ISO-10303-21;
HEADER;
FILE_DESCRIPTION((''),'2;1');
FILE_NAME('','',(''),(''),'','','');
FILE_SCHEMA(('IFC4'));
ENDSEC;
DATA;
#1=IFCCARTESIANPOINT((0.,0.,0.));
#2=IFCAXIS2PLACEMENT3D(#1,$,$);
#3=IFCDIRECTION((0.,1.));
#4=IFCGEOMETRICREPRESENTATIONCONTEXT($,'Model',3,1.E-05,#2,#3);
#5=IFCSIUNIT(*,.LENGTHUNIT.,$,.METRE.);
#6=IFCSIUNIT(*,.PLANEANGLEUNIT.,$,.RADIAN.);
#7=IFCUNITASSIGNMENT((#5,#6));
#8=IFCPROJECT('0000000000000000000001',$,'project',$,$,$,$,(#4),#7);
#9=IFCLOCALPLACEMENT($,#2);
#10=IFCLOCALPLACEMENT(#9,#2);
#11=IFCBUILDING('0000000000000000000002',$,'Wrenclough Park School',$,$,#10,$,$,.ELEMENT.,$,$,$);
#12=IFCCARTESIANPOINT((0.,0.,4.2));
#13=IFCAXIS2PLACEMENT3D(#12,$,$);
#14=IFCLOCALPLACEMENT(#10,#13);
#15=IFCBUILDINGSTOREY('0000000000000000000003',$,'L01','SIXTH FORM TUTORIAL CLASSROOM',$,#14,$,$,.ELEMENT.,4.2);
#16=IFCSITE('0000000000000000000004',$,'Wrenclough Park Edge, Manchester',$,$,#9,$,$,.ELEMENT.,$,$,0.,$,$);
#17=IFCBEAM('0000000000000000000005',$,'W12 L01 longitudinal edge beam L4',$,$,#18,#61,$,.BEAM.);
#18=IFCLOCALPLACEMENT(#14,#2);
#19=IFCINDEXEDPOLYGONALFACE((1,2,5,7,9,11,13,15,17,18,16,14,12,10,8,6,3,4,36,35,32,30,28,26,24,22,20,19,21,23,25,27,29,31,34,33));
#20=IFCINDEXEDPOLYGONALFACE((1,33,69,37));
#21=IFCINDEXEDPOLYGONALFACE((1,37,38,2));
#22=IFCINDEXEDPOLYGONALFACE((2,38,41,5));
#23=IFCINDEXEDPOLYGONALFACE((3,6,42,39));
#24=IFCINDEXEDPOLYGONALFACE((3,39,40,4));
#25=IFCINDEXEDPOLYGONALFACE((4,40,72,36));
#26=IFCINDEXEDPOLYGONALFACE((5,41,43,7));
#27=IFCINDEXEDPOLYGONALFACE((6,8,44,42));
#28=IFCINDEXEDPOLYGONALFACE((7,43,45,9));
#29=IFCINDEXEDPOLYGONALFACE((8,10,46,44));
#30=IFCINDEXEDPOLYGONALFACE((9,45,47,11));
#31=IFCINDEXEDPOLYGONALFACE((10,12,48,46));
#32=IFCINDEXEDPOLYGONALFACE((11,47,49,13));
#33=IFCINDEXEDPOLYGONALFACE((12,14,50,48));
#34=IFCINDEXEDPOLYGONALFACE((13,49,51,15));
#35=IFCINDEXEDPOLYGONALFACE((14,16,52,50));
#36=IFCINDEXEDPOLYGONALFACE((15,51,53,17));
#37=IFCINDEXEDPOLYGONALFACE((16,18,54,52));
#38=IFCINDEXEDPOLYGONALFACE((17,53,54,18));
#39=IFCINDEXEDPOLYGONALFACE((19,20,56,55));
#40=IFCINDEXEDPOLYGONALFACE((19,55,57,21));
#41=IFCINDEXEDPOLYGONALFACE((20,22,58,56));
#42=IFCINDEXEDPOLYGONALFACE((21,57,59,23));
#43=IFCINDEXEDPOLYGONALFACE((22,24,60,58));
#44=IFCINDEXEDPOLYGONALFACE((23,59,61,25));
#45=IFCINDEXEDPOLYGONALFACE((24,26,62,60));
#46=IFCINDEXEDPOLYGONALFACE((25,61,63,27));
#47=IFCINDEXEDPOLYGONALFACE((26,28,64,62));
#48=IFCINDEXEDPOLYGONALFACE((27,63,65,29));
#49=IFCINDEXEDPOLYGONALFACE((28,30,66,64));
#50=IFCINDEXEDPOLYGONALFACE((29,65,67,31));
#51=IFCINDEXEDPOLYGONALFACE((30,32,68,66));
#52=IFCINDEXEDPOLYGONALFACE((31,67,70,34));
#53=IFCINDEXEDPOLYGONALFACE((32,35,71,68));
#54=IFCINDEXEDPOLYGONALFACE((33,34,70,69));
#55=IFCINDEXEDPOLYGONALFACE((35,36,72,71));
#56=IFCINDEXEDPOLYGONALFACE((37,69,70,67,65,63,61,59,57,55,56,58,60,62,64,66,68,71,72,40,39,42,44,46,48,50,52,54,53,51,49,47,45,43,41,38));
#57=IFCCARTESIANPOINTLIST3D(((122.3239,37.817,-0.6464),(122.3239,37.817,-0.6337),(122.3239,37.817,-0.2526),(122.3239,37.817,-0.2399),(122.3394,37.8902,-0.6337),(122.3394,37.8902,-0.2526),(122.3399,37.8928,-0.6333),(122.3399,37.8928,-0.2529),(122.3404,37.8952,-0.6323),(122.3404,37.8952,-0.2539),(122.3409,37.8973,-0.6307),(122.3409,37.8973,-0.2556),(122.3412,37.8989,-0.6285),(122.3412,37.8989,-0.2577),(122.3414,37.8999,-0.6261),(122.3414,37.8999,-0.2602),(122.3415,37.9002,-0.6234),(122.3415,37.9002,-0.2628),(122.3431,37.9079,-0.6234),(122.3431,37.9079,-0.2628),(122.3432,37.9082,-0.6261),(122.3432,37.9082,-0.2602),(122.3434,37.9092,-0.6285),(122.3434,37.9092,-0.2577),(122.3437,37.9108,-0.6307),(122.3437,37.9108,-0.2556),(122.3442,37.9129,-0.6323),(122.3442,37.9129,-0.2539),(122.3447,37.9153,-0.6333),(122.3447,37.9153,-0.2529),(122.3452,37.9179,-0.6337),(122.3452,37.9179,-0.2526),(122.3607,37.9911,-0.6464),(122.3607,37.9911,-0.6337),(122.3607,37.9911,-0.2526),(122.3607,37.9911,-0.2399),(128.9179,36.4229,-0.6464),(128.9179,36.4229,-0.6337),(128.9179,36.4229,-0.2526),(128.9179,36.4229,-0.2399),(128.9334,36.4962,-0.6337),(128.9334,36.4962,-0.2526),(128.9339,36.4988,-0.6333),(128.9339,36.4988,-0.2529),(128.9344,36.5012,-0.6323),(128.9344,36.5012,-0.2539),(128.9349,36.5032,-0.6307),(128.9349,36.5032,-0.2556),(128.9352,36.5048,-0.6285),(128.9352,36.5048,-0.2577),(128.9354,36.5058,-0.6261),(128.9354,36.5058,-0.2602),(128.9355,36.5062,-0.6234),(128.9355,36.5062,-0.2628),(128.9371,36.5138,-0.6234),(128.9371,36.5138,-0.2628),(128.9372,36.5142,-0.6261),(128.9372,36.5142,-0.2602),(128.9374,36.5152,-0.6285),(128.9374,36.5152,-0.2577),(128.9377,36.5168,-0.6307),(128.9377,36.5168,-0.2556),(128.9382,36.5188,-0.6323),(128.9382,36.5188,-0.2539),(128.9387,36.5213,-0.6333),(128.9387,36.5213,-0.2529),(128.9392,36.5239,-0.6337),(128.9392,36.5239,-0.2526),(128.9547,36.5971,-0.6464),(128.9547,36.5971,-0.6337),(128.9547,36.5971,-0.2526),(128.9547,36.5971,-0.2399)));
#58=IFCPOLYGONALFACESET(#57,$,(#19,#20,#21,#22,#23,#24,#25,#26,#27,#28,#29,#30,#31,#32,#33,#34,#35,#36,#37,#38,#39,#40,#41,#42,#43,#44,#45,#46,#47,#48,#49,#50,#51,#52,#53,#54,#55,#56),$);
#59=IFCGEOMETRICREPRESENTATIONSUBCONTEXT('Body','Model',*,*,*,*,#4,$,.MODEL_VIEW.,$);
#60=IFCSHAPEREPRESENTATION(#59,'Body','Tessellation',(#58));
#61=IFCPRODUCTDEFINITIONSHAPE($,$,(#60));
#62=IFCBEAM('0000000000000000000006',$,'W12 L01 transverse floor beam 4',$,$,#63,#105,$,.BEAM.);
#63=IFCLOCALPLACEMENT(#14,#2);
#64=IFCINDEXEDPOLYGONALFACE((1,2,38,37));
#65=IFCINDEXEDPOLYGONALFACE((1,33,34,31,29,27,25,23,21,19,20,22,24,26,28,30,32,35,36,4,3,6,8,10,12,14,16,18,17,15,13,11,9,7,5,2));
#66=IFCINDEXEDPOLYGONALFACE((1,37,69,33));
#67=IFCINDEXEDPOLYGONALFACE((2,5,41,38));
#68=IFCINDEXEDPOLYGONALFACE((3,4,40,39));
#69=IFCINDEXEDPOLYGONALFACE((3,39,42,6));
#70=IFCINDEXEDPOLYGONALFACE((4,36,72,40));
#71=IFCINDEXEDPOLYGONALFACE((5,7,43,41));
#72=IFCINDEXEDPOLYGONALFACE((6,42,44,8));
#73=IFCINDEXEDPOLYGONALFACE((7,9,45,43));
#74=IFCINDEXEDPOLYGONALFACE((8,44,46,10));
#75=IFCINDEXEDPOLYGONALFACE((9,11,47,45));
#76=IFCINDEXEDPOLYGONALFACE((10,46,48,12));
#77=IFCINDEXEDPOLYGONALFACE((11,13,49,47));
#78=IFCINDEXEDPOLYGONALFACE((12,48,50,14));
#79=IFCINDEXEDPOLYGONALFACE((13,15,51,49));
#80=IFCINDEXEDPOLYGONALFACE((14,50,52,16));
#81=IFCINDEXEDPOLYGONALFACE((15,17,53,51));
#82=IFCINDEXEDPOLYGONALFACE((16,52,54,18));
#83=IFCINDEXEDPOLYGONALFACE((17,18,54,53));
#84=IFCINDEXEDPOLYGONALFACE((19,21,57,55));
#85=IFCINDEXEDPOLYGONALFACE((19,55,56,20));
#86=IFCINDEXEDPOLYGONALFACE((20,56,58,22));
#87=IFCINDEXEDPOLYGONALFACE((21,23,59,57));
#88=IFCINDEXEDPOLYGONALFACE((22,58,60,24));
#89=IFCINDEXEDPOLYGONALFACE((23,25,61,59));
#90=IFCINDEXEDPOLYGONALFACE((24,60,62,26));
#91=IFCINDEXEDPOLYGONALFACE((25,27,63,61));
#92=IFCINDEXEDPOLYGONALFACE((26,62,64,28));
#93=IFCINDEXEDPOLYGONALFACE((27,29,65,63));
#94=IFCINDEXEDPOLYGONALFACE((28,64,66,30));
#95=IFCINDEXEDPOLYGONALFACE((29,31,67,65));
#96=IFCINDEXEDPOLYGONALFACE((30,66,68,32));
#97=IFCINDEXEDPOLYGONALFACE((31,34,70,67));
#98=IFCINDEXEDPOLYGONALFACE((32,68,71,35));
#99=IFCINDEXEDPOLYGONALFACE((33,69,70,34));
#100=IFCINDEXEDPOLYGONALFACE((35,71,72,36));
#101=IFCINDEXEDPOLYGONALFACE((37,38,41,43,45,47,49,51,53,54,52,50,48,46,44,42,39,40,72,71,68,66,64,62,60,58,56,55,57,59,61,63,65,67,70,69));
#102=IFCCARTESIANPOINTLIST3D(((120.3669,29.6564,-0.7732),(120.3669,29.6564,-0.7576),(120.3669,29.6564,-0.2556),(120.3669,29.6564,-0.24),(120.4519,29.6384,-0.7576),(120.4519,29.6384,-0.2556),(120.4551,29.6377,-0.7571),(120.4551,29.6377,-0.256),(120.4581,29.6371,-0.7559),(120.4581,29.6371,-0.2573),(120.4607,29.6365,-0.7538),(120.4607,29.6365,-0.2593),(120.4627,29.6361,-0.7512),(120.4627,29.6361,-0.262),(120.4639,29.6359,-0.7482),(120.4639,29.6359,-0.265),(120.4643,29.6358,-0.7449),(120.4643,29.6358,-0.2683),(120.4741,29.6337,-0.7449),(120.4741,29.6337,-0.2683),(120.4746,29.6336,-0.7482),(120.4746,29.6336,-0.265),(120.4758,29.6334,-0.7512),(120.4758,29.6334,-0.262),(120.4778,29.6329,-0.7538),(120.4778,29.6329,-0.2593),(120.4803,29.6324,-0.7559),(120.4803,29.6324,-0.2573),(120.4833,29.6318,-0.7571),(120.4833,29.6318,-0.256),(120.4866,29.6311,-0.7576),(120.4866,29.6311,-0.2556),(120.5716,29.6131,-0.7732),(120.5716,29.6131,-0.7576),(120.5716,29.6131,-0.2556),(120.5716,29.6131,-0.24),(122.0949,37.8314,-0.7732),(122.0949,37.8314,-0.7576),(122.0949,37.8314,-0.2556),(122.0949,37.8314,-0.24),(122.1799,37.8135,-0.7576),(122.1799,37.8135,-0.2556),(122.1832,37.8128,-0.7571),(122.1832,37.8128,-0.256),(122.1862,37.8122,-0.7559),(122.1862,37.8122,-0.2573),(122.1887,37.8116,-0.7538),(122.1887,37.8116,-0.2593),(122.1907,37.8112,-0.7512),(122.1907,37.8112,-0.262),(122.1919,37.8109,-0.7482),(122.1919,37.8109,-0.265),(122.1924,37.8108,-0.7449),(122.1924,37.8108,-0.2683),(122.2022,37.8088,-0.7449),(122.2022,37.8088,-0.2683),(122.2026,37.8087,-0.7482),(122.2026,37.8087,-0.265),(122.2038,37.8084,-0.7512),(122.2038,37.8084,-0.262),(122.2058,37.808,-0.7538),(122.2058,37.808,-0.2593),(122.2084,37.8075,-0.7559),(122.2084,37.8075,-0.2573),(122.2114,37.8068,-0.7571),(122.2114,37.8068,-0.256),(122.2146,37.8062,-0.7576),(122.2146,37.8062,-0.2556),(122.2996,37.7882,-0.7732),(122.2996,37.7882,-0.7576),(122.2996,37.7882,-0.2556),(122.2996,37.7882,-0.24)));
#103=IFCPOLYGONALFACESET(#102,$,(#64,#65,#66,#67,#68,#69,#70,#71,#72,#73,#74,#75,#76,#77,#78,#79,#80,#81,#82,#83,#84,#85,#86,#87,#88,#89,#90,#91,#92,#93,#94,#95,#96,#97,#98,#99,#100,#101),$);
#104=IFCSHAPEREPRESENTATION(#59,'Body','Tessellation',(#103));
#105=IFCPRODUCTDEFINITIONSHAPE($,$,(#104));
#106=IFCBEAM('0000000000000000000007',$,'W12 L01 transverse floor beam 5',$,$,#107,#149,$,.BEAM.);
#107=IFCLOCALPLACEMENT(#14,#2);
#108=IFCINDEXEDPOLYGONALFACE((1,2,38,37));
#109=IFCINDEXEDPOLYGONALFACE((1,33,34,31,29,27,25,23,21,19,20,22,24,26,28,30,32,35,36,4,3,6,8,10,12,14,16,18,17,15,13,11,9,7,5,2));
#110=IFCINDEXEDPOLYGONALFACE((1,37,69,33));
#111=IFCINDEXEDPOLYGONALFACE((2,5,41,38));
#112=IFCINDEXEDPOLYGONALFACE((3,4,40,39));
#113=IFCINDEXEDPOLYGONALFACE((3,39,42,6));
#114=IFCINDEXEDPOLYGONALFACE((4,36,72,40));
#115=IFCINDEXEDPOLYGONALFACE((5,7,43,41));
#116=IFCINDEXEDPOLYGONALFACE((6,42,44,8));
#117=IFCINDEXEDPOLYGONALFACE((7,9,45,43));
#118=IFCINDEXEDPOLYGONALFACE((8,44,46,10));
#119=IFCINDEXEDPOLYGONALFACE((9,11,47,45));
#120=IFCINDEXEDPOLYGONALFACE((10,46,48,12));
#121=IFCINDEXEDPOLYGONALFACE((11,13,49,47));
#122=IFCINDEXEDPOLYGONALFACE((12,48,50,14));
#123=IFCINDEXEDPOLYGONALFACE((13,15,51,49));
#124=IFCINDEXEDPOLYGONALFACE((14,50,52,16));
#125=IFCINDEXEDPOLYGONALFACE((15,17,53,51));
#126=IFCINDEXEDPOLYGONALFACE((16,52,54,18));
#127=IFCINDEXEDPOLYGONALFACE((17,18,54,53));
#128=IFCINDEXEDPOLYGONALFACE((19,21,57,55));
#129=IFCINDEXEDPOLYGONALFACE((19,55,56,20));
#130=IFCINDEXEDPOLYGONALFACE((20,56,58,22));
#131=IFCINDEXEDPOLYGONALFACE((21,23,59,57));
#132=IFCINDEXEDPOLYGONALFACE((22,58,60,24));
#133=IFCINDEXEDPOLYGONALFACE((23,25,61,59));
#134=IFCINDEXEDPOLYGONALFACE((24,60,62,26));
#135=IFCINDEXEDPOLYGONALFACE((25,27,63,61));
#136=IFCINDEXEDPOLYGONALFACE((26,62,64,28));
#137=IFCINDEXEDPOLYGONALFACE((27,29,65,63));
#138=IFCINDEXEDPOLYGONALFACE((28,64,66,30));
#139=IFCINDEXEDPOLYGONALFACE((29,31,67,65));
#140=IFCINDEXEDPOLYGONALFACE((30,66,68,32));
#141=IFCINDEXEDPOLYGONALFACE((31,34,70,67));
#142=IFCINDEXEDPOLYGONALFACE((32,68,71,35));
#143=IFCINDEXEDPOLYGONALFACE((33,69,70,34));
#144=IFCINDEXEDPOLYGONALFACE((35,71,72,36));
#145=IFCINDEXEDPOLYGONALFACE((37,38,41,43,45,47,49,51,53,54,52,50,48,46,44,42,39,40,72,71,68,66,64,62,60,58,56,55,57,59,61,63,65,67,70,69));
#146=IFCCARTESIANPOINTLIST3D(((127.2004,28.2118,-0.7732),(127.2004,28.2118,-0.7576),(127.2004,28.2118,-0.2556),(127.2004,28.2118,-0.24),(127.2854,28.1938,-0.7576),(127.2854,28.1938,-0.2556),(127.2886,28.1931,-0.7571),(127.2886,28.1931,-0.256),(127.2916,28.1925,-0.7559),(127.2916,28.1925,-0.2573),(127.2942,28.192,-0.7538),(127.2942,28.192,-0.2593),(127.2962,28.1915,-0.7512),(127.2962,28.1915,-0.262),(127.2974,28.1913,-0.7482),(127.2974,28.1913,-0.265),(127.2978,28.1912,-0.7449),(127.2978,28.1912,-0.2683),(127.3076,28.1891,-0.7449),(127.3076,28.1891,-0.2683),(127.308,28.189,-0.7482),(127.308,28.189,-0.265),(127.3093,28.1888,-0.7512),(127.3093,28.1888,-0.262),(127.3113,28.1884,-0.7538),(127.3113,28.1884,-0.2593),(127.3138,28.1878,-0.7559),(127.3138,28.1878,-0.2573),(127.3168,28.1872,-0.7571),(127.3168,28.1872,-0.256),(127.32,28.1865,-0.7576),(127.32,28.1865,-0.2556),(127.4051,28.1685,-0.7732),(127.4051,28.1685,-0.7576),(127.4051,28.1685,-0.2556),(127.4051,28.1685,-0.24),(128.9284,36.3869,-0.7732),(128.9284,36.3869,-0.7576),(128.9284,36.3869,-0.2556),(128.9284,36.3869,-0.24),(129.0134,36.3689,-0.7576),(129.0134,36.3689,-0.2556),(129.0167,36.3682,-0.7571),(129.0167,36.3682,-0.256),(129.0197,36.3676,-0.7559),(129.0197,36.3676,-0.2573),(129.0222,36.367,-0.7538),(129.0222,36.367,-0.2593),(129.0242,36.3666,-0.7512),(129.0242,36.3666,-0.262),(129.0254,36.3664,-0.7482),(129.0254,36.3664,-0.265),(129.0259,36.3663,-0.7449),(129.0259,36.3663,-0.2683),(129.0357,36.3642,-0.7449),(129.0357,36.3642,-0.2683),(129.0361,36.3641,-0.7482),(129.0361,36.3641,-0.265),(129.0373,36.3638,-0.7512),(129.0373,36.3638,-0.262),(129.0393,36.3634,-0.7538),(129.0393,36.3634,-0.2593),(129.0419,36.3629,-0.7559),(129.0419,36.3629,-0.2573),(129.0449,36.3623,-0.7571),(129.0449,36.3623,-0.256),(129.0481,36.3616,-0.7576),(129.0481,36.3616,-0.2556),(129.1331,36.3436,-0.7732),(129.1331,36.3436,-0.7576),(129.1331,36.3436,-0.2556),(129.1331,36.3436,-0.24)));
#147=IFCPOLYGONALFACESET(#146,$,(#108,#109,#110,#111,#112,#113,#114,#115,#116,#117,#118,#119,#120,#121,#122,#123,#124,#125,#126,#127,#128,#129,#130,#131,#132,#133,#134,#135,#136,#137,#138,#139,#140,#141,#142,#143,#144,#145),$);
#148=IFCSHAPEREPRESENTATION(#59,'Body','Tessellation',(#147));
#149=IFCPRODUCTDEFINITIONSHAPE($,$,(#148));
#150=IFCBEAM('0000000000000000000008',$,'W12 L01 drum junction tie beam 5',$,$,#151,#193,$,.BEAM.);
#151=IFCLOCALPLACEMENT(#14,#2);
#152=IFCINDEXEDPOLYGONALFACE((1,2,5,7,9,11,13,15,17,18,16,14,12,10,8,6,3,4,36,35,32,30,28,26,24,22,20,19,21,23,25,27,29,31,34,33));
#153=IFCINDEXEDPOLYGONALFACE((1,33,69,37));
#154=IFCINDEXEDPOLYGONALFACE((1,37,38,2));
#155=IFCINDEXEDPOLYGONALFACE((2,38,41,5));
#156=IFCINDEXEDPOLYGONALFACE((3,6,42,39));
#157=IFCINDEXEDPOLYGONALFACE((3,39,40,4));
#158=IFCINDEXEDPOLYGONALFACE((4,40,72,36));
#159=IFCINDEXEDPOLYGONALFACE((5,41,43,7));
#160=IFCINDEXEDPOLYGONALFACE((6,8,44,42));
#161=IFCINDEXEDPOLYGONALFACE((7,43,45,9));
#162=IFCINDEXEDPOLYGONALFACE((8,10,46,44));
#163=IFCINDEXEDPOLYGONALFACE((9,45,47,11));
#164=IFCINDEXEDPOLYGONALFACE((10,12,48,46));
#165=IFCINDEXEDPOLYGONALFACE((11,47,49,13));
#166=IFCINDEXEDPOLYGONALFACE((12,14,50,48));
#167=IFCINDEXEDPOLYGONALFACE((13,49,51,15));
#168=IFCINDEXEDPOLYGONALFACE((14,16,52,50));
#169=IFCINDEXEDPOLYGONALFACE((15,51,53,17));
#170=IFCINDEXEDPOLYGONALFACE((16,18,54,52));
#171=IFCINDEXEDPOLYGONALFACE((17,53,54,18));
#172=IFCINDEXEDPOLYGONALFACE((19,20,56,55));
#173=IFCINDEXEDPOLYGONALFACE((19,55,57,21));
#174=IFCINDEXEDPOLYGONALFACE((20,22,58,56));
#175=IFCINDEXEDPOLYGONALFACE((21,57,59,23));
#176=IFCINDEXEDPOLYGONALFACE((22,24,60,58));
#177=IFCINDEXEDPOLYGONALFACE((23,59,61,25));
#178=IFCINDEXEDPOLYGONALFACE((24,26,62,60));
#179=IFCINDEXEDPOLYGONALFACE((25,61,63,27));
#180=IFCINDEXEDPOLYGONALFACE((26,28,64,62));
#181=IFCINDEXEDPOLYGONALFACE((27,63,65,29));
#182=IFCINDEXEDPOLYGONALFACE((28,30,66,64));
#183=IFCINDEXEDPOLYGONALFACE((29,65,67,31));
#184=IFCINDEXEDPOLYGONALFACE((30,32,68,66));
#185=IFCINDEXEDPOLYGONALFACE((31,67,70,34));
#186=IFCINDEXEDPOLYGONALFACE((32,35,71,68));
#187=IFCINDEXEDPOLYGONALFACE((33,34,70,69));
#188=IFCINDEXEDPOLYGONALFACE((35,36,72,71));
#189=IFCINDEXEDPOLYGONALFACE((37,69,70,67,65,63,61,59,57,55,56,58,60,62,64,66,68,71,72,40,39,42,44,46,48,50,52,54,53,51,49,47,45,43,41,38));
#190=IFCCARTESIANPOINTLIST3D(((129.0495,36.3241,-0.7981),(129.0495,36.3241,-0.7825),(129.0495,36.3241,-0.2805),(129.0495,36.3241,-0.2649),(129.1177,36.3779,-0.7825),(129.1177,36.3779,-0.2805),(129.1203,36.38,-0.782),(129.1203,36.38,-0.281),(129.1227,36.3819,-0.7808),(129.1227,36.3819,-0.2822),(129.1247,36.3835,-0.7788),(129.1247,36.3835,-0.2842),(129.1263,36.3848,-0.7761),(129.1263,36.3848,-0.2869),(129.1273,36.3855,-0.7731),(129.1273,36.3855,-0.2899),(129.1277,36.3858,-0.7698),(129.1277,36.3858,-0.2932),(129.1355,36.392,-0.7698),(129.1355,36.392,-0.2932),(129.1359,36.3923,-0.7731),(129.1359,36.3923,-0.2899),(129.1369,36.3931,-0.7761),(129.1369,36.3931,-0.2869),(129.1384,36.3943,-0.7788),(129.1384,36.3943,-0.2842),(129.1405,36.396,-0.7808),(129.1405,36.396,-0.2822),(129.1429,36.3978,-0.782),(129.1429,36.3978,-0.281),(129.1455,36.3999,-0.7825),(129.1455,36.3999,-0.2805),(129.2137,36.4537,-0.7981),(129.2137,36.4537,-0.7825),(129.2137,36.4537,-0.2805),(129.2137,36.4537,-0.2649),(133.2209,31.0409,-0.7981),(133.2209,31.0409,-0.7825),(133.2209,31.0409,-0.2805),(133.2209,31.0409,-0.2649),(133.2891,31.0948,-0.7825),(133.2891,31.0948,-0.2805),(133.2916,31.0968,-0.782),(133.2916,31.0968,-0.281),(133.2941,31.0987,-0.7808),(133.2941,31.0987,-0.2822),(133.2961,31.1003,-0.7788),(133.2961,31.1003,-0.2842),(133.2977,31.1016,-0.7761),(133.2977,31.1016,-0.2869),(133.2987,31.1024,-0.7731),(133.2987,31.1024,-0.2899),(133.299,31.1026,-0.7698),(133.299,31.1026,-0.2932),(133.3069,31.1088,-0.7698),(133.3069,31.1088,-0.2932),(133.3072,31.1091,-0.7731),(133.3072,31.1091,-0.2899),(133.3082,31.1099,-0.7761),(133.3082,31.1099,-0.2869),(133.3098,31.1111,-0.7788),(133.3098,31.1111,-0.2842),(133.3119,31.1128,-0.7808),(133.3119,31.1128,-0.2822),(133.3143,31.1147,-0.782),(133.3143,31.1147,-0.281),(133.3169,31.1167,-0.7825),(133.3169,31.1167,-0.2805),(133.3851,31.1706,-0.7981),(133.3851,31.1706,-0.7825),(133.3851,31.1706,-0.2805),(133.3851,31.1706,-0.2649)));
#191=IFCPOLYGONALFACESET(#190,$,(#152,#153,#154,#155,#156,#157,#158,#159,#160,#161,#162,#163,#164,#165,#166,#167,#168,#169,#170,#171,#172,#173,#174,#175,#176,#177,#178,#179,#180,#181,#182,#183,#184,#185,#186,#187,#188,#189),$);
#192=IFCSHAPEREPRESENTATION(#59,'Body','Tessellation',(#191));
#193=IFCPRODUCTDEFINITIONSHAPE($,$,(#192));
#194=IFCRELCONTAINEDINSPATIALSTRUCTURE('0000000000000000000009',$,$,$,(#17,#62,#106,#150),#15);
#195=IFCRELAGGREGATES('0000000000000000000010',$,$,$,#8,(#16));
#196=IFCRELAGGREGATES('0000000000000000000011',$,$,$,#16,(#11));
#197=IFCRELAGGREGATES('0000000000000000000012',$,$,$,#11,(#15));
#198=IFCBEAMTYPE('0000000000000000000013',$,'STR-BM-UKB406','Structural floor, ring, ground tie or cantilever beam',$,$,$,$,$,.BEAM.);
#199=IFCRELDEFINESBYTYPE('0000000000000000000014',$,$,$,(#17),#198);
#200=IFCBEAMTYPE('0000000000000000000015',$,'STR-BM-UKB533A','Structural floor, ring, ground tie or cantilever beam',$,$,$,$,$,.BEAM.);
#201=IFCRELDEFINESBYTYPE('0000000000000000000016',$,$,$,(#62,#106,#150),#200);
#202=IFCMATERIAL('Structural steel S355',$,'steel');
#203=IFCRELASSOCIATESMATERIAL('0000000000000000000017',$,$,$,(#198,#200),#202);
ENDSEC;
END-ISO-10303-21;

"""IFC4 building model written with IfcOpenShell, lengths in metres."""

from ifc_helpers import new_model, si_unit, direction, frame, origin, origin_2d, place, context, subcontext, project, spatial, i_section, extrude, material, material_profile, profile_set, type_object, element, save


model = new_model("IFC4")

# Units and contexts
model_context = context("Model", 3, precision=1e-05, world=origin(), true_north=direction((0.0, 1.0)))
body_context = subcontext(model_context, "Body", "Model", "MODEL_VIEW")
ifc_project = project(units=[si_unit("LENGTHUNIT", "METRE"), si_unit("PLANEANGLEUNIT", "RADIAN")], contexts=[model_context])

# Site, building, storey
site_placement = place(None, origin())
site = spatial("IfcSite", under=ifc_project, at=site_placement, Name="Wrenclough Park Edge, Manchester", CompositionType="ELEMENT", RefElevation=0.0)
building_placement = place(site_placement, origin())
building = spatial("IfcBuilding", under=site, at=building_placement, Name="Wrenclough Park School", CompositionType="ELEMENT")
storey_placement = place(building_placement, frame((0.0, 0.0, 4.2)))
storey = spatial("IfcBuildingStorey", under=building, at=storey_placement, Name="L01", Description="SIXTH FORM TUTORIAL CLASSROOM", CompositionType="ELEMENT", Elevation=4.2)

# Shared definitions
ifc_material_1 = material(Name="Structural steel S355", Category="steel")

# Beams
ifc_material_profile_1 = material_profile(ifc_material_1, i_section(OverallWidth=0.178, OverallDepth=0.4065, WebThickness=0.0078, FlangeThickness=0.0127, FilletRadius=0.0103, at=origin_2d()), Name="UKB 406x178x60")
ifc_profile_set_1 = profile_set([ifc_material_profile_1], Name="Structural steel S355")
beam_type_1 = type_object("IfcBeamType", Name="STR-BM-UKB406", Description="Structural floor, ring, ground tie or cantilever beam", PredefinedType="BEAM", material=ifc_profile_set_1)
beam_1_placement = place(storey_placement, frame((122.3423, 37.9041, -0.4431), z_axis=(0.978375, -0.206839, 0.0), x_axis=(0.206839, 0.978375, 0.0)))
element("IfcBeam", 1, at=beam_1_placement, inside=storey, type_object=beam_type_1, Name="W12 L01 longitudinal edge beam L4", PredefinedType="BEAM", context=body_context, shape_type="SweptSolid", body=[
    extrude(i_section(OverallWidth=0.178, OverallDepth=0.4065, WebThickness=0.0078, FlangeThickness=0.0127, FilletRadius=0.0103, at=origin_2d()), origin(), (0.0, 0.0, 1.0), 6.7397),
])
ifc_material_profile_2 = material_profile(ifc_material_1, i_section(OverallWidth=0.2092, OverallDepth=0.5332, WebThickness=0.01, FlangeThickness=0.0156, FilletRadius=0.0127, at=origin_2d()), Name="UKB 533x210x92")
ifc_profile_set_2 = profile_set([ifc_material_profile_2], Name="Structural steel S355")
beam_type_2 = type_object("IfcBeamType", Name="STR-BM-UKB533A", Description="Structural floor, ring, ground tie or cantilever beam", PredefinedType="BEAM", material=ifc_profile_set_2)
for number, where, z_axis, x_axis, name in (
    (2, (122.1973, 37.8098, -0.5066), (-0.206809, -0.978381, 0.0), (0.978381, -0.206809, 0.0), "W12 L01 transverse floor beam 4"),
    (3, (129.0308, 36.3652, -0.5066), (-0.206809, -0.978381, 0.0), (0.978381, -0.206809, 0.0), "W12 L01 transverse floor beam 5"),
):
    element("IfcBeam", number, at=place(storey_placement, frame(where, z_axis=z_axis, x_axis=x_axis)), inside=storey, type_object=beam_type_2, Name=name, PredefinedType="BEAM", context=body_context, shape_type="SweptSolid", body=[
        extrude(i_section(OverallWidth=0.2092, OverallDepth=0.5332, WebThickness=0.01, FlangeThickness=0.0156, FilletRadius=0.0127, at=origin_2d()), origin(), (0.0, 0.0, 1.0), 8.3557),
    ])
beam_2_placement = place(storey_placement, frame((129.1316, 36.3889, -0.5315), z_axis=(0.619684, -0.784851, 0.0), x_axis=(0.784851, 0.619684, 0.0)))
element("IfcBeam", 4, at=beam_2_placement, inside=storey, type_object=beam_type_2, Name="W12 L01 drum junction tie beam 5", PredefinedType="BEAM", context=body_context, shape_type="SweptSolid", body=[
    extrude(i_section(OverallWidth=0.2092, OverallDepth=0.5332, WebThickness=0.01, FlangeThickness=0.0156, FilletRadius=0.0127, at=origin_2d()), origin(), (0.0, 0.0, 1.0), 6.7314),
])

save(model, "model.ifc")
